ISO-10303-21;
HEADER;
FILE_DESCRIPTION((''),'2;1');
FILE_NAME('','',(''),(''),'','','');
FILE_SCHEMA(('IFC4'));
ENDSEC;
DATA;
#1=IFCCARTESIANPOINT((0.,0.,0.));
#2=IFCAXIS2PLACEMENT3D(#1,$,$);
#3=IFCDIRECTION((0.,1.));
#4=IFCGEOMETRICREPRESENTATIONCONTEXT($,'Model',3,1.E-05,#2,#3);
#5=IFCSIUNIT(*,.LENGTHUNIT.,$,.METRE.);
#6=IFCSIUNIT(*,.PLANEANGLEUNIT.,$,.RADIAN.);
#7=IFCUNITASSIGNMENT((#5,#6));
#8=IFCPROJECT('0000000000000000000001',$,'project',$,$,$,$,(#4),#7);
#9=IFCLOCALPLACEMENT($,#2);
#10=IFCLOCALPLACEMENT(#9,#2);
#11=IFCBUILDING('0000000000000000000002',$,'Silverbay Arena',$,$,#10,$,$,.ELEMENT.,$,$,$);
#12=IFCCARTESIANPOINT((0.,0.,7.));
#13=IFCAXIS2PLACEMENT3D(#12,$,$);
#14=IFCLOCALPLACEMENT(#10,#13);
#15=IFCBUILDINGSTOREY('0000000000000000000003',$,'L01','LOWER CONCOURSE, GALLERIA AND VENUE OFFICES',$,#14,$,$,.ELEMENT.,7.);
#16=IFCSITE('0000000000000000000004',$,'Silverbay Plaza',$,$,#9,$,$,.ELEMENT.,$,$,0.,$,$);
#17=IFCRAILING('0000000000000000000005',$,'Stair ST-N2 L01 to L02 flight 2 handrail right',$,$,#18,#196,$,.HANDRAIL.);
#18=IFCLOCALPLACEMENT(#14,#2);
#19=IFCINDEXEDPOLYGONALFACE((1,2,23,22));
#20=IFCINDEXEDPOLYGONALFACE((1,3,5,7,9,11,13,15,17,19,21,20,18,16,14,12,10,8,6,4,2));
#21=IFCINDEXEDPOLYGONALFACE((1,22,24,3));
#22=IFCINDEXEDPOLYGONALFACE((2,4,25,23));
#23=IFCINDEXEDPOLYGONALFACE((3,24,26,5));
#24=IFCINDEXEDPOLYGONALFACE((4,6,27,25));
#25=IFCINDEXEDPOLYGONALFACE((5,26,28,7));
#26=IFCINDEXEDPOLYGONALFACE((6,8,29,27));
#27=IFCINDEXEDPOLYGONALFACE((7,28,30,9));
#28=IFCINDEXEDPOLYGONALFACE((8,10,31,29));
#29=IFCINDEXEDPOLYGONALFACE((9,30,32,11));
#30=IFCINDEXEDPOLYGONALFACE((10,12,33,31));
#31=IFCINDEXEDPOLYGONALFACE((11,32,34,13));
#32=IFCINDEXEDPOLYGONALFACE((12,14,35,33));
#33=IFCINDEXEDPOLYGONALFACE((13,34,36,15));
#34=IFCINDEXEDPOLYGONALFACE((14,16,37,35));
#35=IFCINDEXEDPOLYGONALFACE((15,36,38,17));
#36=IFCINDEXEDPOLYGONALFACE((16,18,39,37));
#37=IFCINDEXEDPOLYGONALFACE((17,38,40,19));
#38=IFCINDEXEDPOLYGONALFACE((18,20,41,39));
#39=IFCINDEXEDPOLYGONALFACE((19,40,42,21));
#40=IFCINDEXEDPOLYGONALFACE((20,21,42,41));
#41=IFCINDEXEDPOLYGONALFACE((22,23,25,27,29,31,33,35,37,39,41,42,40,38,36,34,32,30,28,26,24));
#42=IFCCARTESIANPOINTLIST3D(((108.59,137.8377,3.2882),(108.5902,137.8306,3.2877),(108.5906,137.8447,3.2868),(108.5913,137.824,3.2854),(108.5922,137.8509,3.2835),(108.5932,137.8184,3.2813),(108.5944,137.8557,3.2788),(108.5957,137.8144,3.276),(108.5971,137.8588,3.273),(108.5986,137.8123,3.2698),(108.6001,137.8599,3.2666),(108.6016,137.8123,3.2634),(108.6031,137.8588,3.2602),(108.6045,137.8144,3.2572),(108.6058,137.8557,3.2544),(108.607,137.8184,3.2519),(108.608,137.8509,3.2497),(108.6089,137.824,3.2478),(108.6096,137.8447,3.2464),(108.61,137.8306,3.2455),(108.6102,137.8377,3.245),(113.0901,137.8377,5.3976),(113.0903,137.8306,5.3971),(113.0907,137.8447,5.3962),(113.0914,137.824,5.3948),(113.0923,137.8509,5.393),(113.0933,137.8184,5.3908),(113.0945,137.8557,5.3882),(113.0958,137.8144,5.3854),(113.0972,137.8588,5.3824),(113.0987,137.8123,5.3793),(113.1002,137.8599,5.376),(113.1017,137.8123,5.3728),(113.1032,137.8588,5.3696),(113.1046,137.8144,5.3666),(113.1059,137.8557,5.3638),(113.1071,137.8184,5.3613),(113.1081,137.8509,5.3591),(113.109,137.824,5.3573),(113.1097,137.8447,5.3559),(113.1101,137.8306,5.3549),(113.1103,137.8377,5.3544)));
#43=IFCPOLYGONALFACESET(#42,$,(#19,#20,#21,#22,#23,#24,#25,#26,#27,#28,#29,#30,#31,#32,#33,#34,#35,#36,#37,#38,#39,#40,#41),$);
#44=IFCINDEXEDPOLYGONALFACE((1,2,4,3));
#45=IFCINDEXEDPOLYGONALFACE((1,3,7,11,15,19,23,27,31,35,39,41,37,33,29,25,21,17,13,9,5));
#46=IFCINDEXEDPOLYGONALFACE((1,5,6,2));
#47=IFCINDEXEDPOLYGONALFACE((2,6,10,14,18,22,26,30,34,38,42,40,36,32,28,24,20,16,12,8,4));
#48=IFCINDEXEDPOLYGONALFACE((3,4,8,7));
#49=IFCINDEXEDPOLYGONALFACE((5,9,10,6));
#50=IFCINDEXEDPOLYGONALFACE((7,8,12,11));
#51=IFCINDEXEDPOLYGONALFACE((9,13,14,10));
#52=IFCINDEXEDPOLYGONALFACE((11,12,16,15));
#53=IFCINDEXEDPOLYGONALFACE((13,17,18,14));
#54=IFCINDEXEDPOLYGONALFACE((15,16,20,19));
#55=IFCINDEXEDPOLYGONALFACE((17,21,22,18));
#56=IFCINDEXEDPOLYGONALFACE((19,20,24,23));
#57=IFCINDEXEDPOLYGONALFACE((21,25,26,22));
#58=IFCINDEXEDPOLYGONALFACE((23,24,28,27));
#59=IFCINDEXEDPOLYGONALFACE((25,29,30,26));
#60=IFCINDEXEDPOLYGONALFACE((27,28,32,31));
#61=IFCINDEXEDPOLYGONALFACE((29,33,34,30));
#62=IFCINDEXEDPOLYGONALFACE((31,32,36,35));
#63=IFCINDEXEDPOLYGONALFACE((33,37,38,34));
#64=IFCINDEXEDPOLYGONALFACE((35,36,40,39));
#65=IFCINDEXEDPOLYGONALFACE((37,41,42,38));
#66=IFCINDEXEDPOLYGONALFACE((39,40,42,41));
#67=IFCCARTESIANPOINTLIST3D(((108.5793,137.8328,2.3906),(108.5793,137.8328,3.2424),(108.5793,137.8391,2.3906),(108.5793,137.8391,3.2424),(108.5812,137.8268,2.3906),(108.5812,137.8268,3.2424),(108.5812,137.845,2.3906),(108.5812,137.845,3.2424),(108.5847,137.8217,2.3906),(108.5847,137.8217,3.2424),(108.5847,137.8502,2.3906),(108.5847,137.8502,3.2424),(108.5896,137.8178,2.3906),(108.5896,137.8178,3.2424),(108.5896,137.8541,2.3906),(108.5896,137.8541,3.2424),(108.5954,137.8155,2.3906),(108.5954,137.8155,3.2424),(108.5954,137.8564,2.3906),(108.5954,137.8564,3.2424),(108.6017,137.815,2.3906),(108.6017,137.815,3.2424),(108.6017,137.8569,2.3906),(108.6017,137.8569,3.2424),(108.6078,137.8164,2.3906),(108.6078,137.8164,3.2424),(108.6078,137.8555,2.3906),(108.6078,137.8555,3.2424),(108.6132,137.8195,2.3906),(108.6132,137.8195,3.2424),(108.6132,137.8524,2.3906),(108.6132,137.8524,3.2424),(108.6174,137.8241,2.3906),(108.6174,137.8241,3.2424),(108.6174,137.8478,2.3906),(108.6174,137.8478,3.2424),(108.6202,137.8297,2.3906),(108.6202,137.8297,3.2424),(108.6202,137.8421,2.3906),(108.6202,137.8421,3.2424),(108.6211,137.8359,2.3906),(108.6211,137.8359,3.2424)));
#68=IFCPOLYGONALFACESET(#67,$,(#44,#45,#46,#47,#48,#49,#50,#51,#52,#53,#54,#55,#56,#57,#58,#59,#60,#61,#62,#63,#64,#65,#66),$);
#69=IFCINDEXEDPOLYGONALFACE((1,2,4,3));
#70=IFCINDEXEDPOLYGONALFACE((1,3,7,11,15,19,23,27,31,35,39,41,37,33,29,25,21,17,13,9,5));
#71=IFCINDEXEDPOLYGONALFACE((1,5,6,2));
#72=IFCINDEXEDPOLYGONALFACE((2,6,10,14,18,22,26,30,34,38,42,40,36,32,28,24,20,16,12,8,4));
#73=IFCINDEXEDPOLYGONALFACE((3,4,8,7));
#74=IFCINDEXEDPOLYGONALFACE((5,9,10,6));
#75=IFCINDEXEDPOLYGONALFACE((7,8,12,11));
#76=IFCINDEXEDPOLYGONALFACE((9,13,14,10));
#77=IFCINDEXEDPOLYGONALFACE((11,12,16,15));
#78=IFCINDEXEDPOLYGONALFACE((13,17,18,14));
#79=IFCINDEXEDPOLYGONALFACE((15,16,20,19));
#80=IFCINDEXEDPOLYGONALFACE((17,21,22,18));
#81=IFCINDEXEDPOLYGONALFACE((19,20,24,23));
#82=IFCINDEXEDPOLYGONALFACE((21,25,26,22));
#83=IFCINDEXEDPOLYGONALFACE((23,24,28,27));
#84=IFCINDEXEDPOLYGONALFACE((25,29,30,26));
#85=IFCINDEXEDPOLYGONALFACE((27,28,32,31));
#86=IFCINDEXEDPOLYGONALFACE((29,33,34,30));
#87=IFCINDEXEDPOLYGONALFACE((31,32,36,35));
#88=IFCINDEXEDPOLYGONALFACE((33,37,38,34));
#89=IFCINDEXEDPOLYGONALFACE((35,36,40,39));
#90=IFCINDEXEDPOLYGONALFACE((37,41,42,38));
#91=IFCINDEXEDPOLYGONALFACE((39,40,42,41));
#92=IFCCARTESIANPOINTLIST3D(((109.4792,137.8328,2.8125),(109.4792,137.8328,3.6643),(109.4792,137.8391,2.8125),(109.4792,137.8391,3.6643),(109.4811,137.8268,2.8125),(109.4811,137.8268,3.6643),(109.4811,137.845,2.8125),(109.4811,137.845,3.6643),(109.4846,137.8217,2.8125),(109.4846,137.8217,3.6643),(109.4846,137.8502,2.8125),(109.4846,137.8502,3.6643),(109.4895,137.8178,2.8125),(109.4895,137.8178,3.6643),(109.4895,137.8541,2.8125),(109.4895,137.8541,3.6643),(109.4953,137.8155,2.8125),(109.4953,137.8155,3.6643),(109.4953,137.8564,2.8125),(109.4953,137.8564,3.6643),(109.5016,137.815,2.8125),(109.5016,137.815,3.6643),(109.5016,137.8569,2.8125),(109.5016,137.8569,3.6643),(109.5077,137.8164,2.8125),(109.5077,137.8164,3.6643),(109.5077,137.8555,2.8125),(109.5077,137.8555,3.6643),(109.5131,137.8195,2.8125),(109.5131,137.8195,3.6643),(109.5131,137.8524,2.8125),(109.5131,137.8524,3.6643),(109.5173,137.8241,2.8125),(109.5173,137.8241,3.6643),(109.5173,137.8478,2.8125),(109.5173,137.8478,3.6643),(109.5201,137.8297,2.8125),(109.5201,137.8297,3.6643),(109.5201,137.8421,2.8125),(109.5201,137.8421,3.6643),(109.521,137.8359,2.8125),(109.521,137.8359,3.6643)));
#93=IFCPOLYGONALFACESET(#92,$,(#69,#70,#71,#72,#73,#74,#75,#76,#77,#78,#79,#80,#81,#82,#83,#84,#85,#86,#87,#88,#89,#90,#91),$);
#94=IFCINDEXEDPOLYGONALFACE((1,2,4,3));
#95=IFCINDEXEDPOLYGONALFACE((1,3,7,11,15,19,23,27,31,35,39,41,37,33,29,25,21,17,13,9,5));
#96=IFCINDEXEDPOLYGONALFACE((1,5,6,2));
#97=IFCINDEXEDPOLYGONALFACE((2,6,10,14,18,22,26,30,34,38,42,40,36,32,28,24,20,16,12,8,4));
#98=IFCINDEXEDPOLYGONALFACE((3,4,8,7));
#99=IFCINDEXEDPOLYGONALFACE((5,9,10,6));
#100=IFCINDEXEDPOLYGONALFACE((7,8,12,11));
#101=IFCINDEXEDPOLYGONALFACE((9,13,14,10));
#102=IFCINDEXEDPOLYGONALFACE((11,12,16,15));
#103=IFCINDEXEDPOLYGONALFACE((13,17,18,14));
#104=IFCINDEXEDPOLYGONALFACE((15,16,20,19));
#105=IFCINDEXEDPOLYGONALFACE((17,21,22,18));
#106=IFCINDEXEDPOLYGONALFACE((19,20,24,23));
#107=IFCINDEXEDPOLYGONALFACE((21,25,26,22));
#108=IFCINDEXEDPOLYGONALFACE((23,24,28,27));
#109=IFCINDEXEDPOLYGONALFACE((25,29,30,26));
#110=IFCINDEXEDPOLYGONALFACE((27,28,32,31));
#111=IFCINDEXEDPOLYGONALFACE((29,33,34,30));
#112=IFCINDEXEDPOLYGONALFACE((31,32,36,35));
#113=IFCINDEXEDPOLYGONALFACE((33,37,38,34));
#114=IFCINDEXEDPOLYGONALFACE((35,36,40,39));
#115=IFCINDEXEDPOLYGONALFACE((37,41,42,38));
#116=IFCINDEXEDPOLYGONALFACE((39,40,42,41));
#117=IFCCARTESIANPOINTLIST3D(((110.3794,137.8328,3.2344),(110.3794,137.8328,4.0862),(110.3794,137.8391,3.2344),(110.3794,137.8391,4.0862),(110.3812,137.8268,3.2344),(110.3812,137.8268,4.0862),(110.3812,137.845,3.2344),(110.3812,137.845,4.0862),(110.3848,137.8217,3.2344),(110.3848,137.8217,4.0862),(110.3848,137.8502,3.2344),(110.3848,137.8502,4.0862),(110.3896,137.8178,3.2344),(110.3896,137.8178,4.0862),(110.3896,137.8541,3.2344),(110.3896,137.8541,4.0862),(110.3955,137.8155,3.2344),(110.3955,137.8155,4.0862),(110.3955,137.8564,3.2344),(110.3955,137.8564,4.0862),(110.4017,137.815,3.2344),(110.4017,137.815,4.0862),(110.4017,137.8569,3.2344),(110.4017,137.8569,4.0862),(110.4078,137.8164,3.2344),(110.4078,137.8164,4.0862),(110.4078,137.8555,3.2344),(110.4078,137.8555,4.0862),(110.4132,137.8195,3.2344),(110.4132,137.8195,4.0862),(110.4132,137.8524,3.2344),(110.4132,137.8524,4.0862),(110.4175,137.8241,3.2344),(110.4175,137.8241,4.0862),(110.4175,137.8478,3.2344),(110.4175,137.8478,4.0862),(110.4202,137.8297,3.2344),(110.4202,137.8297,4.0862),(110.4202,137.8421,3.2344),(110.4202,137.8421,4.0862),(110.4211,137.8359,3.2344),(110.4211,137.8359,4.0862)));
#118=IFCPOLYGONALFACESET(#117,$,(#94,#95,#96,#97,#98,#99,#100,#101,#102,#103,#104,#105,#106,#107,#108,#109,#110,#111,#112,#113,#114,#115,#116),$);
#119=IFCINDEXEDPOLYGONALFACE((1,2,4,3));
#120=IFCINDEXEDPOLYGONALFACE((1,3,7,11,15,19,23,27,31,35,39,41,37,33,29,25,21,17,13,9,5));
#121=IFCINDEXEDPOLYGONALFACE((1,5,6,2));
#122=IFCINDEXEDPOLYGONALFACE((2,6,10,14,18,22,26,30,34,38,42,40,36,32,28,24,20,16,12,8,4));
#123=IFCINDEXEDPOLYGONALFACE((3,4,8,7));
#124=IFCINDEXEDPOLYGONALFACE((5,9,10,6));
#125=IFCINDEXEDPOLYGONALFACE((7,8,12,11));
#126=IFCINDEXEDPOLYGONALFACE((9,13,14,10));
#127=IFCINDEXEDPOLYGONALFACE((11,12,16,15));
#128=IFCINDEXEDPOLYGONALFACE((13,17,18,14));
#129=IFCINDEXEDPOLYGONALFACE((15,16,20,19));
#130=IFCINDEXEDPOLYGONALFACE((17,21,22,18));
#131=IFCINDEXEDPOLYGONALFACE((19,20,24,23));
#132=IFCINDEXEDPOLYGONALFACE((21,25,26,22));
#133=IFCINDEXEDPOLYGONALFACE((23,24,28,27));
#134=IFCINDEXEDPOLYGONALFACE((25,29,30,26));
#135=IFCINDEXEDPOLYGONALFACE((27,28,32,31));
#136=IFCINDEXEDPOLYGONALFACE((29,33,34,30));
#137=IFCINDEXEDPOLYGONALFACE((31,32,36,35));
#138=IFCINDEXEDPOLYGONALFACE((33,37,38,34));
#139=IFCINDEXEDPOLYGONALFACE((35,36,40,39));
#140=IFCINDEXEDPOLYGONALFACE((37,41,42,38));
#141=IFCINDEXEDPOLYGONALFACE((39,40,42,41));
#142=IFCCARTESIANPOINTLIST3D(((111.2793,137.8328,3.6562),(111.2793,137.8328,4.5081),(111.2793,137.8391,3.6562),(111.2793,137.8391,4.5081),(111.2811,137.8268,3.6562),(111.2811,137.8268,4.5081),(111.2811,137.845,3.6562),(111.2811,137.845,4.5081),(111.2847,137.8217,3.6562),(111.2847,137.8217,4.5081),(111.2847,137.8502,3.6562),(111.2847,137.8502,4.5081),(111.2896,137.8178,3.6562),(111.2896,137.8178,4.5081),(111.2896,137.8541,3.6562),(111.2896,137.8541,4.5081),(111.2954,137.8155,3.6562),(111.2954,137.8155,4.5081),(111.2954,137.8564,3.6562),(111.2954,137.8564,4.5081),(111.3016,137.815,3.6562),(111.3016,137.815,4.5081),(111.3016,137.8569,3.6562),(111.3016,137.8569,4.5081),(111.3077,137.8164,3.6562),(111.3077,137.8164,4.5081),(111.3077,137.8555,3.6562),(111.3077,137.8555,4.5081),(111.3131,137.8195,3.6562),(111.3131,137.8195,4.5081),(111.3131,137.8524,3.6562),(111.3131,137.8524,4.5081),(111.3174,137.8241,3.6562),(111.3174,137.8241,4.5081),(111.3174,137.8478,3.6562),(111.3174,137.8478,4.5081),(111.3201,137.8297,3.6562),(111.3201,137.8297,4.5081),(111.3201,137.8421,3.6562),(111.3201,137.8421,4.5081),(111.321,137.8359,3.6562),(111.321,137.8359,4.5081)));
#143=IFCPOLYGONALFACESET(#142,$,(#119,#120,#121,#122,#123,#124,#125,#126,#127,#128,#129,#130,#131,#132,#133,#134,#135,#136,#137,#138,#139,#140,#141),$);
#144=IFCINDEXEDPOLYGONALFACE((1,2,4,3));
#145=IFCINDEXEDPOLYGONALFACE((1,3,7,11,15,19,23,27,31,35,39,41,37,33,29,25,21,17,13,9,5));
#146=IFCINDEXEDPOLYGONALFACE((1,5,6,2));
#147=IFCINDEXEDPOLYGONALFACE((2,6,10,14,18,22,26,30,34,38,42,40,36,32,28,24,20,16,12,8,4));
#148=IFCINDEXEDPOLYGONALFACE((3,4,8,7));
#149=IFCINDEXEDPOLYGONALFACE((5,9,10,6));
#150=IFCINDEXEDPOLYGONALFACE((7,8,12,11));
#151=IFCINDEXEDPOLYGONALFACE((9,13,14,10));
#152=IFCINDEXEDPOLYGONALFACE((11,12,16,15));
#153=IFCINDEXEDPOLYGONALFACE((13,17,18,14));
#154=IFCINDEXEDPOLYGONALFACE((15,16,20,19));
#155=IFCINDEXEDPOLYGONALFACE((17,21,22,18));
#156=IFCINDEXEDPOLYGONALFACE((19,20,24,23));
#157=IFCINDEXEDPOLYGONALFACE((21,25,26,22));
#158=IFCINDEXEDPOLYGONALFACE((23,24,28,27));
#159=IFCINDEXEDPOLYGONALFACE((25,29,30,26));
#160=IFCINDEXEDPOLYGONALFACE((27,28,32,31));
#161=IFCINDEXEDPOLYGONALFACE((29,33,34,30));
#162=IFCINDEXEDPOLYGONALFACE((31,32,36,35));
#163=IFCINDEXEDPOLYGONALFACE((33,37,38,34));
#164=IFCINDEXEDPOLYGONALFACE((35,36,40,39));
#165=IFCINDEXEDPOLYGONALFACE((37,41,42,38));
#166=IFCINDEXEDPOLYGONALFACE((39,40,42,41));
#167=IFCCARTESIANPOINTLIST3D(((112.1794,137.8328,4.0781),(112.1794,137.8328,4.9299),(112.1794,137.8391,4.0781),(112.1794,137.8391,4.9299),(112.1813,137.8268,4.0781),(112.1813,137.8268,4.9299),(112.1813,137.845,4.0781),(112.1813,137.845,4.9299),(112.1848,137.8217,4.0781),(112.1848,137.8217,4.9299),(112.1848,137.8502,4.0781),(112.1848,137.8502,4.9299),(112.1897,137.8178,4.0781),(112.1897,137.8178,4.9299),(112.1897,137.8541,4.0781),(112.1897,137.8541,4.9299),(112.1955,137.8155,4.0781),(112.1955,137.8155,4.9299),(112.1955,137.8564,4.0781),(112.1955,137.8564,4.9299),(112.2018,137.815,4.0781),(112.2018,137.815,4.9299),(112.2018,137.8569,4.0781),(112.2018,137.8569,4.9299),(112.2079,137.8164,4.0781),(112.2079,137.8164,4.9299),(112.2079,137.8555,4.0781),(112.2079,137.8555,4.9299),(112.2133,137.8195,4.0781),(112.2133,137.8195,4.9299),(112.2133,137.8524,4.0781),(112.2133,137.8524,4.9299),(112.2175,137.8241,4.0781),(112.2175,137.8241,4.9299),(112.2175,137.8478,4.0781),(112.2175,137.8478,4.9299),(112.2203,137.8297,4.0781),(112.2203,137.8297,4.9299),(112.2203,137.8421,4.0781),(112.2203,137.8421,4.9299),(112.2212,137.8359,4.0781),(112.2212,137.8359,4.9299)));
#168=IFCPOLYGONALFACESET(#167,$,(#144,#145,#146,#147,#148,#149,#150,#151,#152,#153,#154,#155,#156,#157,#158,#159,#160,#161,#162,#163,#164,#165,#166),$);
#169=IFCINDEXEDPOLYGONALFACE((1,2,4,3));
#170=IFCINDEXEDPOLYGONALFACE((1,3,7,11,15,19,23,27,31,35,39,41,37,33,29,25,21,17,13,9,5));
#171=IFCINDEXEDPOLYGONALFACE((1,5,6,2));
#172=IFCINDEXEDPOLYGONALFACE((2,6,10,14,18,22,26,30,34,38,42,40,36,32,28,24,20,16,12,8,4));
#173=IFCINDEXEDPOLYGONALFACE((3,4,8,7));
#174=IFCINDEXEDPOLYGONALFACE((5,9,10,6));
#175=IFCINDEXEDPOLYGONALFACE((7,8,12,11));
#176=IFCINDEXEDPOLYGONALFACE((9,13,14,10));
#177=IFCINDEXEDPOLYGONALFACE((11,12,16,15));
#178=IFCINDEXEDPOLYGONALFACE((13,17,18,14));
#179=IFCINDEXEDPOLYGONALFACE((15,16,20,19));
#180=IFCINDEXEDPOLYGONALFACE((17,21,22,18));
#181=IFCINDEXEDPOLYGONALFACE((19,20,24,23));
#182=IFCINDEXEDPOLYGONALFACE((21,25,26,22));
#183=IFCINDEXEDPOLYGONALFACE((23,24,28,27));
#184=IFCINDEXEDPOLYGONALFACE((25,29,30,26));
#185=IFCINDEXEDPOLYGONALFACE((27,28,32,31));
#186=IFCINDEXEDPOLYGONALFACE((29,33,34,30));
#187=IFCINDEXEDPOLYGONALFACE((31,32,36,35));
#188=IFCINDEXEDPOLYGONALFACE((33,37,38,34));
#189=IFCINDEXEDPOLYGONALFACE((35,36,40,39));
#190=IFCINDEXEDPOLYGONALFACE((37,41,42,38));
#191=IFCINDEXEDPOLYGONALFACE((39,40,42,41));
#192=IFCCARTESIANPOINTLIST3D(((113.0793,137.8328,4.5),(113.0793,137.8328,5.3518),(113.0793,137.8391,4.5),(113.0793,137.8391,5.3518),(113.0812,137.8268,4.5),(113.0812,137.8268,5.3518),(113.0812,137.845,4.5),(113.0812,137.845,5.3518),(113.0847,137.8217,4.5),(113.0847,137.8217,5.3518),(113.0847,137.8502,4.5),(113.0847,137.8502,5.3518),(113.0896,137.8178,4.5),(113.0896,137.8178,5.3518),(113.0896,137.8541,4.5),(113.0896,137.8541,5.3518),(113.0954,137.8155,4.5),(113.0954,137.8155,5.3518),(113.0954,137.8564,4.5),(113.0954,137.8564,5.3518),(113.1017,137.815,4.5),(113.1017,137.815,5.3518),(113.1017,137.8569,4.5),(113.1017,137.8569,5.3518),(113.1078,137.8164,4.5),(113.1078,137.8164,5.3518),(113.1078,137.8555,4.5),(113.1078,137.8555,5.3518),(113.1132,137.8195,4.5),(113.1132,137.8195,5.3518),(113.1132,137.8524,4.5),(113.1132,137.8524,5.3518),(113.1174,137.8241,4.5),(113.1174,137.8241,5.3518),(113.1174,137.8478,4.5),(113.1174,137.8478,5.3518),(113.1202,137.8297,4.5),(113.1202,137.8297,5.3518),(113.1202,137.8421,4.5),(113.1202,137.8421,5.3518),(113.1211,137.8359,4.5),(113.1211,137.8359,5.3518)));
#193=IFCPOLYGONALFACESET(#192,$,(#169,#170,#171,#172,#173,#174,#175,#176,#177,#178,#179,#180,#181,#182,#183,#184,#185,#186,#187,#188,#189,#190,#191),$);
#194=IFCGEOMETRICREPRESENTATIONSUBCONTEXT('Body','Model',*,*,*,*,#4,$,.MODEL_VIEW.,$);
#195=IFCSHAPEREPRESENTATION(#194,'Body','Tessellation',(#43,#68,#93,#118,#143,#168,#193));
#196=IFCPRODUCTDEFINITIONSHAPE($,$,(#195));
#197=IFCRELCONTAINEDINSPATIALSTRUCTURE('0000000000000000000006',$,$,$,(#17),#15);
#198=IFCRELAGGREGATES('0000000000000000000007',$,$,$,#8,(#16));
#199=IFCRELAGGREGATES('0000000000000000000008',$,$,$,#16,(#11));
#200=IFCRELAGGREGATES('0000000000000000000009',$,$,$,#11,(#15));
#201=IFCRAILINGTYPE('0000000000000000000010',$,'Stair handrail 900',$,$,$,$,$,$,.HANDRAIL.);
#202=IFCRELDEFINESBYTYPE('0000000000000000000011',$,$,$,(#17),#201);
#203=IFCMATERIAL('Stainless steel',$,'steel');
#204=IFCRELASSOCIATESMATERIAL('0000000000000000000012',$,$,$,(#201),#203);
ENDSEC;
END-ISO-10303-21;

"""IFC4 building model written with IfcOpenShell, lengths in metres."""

from ifc_helpers import new_model, si_unit, direction, frame, origin, origin_2d, place, context, subcontext, project, spatial, circle, extrude, material, type_object, element, save


model = new_model("IFC4")

# Units and contexts
model_context = context("Model", 3, precision=1e-05, world=origin(), true_north=direction((0.0, 1.0)))
body_context = subcontext(model_context, "Body", "Model", "MODEL_VIEW")
ifc_project = project(units=[si_unit("LENGTHUNIT", "METRE"), si_unit("PLANEANGLEUNIT", "RADIAN")], contexts=[model_context])

# Site, building, storey
site_placement = place(None, origin())
site = spatial("IfcSite", under=ifc_project, at=site_placement, Name="Silverbay Plaza", CompositionType="ELEMENT", RefElevation=0.0)
building_placement = place(site_placement, origin())
building = spatial("IfcBuilding", under=site, at=building_placement, Name="Silverbay Arena", CompositionType="ELEMENT")
storey_placement = place(building_placement, frame((0.0, 0.0, 7.0)))
storey = spatial("IfcBuildingStorey", under=building, at=storey_placement, Name="L01", Description="LOWER CONCOURSE, GALLERIA AND VENUE OFFICES", CompositionType="ELEMENT", Elevation=7.0)

# Railing
ifc_material_1 = material(Name="Stainless steel", Category="steel")
railing_type_1 = type_object("IfcRailingType", Name="Stair handrail 900", PredefinedType="HANDRAIL", material=ifc_material_1)
for number, where, name in (
    (1, (108.6001, 137.8359, 2.3906), "Stair ST-N2 L01 to L02 flight 2 handrail right"),
):
    element("IfcRailing", number, at=place(storey_placement, frame(where)), inside=storey, type_object=railing_type_1, Name=name, PredefinedType="HANDRAIL", context=body_context, shape_type="SweptSolid", body=[
        extrude(circle(Radius=0.0239, at=origin_2d()), frame((0.0, 0.0, 0.876), z_axis=(0.905459, 0.0, 0.424434), x_axis=(0.0, 1.0, 0.0)), (0.0, 0.0, 1.0), 4.97),
        extrude(circle(Radius=0.021, at=origin_2d()), origin(), (0.0, 0.0, 1.0), 0.8518),
        extrude(circle(Radius=0.021, at=origin_2d()), frame((0.8999, 0.0, 0.4219)), (0.0, 0.0, 1.0), 0.8518),
        extrude(circle(Radius=0.021, at=origin_2d()), frame((1.8, 0.0, 0.8438)), (0.0, 0.0, 1.0), 0.8518),
        extrude(circle(Radius=0.021, at=origin_2d()), frame((2.7, 0.0, 1.2656)), (0.0, 0.0, 1.0), 0.8518),
        extrude(circle(Radius=0.021, at=origin_2d()), frame((3.6001, 0.0, 1.6875)), (0.0, 0.0, 1.0), 0.8518),
        extrude(circle(Radius=0.021, at=origin_2d()), frame((4.5, 0.0, 2.1094)), (0.0, 0.0, 1.0), 0.8518),
    ])

save(model, "model.ifc")
